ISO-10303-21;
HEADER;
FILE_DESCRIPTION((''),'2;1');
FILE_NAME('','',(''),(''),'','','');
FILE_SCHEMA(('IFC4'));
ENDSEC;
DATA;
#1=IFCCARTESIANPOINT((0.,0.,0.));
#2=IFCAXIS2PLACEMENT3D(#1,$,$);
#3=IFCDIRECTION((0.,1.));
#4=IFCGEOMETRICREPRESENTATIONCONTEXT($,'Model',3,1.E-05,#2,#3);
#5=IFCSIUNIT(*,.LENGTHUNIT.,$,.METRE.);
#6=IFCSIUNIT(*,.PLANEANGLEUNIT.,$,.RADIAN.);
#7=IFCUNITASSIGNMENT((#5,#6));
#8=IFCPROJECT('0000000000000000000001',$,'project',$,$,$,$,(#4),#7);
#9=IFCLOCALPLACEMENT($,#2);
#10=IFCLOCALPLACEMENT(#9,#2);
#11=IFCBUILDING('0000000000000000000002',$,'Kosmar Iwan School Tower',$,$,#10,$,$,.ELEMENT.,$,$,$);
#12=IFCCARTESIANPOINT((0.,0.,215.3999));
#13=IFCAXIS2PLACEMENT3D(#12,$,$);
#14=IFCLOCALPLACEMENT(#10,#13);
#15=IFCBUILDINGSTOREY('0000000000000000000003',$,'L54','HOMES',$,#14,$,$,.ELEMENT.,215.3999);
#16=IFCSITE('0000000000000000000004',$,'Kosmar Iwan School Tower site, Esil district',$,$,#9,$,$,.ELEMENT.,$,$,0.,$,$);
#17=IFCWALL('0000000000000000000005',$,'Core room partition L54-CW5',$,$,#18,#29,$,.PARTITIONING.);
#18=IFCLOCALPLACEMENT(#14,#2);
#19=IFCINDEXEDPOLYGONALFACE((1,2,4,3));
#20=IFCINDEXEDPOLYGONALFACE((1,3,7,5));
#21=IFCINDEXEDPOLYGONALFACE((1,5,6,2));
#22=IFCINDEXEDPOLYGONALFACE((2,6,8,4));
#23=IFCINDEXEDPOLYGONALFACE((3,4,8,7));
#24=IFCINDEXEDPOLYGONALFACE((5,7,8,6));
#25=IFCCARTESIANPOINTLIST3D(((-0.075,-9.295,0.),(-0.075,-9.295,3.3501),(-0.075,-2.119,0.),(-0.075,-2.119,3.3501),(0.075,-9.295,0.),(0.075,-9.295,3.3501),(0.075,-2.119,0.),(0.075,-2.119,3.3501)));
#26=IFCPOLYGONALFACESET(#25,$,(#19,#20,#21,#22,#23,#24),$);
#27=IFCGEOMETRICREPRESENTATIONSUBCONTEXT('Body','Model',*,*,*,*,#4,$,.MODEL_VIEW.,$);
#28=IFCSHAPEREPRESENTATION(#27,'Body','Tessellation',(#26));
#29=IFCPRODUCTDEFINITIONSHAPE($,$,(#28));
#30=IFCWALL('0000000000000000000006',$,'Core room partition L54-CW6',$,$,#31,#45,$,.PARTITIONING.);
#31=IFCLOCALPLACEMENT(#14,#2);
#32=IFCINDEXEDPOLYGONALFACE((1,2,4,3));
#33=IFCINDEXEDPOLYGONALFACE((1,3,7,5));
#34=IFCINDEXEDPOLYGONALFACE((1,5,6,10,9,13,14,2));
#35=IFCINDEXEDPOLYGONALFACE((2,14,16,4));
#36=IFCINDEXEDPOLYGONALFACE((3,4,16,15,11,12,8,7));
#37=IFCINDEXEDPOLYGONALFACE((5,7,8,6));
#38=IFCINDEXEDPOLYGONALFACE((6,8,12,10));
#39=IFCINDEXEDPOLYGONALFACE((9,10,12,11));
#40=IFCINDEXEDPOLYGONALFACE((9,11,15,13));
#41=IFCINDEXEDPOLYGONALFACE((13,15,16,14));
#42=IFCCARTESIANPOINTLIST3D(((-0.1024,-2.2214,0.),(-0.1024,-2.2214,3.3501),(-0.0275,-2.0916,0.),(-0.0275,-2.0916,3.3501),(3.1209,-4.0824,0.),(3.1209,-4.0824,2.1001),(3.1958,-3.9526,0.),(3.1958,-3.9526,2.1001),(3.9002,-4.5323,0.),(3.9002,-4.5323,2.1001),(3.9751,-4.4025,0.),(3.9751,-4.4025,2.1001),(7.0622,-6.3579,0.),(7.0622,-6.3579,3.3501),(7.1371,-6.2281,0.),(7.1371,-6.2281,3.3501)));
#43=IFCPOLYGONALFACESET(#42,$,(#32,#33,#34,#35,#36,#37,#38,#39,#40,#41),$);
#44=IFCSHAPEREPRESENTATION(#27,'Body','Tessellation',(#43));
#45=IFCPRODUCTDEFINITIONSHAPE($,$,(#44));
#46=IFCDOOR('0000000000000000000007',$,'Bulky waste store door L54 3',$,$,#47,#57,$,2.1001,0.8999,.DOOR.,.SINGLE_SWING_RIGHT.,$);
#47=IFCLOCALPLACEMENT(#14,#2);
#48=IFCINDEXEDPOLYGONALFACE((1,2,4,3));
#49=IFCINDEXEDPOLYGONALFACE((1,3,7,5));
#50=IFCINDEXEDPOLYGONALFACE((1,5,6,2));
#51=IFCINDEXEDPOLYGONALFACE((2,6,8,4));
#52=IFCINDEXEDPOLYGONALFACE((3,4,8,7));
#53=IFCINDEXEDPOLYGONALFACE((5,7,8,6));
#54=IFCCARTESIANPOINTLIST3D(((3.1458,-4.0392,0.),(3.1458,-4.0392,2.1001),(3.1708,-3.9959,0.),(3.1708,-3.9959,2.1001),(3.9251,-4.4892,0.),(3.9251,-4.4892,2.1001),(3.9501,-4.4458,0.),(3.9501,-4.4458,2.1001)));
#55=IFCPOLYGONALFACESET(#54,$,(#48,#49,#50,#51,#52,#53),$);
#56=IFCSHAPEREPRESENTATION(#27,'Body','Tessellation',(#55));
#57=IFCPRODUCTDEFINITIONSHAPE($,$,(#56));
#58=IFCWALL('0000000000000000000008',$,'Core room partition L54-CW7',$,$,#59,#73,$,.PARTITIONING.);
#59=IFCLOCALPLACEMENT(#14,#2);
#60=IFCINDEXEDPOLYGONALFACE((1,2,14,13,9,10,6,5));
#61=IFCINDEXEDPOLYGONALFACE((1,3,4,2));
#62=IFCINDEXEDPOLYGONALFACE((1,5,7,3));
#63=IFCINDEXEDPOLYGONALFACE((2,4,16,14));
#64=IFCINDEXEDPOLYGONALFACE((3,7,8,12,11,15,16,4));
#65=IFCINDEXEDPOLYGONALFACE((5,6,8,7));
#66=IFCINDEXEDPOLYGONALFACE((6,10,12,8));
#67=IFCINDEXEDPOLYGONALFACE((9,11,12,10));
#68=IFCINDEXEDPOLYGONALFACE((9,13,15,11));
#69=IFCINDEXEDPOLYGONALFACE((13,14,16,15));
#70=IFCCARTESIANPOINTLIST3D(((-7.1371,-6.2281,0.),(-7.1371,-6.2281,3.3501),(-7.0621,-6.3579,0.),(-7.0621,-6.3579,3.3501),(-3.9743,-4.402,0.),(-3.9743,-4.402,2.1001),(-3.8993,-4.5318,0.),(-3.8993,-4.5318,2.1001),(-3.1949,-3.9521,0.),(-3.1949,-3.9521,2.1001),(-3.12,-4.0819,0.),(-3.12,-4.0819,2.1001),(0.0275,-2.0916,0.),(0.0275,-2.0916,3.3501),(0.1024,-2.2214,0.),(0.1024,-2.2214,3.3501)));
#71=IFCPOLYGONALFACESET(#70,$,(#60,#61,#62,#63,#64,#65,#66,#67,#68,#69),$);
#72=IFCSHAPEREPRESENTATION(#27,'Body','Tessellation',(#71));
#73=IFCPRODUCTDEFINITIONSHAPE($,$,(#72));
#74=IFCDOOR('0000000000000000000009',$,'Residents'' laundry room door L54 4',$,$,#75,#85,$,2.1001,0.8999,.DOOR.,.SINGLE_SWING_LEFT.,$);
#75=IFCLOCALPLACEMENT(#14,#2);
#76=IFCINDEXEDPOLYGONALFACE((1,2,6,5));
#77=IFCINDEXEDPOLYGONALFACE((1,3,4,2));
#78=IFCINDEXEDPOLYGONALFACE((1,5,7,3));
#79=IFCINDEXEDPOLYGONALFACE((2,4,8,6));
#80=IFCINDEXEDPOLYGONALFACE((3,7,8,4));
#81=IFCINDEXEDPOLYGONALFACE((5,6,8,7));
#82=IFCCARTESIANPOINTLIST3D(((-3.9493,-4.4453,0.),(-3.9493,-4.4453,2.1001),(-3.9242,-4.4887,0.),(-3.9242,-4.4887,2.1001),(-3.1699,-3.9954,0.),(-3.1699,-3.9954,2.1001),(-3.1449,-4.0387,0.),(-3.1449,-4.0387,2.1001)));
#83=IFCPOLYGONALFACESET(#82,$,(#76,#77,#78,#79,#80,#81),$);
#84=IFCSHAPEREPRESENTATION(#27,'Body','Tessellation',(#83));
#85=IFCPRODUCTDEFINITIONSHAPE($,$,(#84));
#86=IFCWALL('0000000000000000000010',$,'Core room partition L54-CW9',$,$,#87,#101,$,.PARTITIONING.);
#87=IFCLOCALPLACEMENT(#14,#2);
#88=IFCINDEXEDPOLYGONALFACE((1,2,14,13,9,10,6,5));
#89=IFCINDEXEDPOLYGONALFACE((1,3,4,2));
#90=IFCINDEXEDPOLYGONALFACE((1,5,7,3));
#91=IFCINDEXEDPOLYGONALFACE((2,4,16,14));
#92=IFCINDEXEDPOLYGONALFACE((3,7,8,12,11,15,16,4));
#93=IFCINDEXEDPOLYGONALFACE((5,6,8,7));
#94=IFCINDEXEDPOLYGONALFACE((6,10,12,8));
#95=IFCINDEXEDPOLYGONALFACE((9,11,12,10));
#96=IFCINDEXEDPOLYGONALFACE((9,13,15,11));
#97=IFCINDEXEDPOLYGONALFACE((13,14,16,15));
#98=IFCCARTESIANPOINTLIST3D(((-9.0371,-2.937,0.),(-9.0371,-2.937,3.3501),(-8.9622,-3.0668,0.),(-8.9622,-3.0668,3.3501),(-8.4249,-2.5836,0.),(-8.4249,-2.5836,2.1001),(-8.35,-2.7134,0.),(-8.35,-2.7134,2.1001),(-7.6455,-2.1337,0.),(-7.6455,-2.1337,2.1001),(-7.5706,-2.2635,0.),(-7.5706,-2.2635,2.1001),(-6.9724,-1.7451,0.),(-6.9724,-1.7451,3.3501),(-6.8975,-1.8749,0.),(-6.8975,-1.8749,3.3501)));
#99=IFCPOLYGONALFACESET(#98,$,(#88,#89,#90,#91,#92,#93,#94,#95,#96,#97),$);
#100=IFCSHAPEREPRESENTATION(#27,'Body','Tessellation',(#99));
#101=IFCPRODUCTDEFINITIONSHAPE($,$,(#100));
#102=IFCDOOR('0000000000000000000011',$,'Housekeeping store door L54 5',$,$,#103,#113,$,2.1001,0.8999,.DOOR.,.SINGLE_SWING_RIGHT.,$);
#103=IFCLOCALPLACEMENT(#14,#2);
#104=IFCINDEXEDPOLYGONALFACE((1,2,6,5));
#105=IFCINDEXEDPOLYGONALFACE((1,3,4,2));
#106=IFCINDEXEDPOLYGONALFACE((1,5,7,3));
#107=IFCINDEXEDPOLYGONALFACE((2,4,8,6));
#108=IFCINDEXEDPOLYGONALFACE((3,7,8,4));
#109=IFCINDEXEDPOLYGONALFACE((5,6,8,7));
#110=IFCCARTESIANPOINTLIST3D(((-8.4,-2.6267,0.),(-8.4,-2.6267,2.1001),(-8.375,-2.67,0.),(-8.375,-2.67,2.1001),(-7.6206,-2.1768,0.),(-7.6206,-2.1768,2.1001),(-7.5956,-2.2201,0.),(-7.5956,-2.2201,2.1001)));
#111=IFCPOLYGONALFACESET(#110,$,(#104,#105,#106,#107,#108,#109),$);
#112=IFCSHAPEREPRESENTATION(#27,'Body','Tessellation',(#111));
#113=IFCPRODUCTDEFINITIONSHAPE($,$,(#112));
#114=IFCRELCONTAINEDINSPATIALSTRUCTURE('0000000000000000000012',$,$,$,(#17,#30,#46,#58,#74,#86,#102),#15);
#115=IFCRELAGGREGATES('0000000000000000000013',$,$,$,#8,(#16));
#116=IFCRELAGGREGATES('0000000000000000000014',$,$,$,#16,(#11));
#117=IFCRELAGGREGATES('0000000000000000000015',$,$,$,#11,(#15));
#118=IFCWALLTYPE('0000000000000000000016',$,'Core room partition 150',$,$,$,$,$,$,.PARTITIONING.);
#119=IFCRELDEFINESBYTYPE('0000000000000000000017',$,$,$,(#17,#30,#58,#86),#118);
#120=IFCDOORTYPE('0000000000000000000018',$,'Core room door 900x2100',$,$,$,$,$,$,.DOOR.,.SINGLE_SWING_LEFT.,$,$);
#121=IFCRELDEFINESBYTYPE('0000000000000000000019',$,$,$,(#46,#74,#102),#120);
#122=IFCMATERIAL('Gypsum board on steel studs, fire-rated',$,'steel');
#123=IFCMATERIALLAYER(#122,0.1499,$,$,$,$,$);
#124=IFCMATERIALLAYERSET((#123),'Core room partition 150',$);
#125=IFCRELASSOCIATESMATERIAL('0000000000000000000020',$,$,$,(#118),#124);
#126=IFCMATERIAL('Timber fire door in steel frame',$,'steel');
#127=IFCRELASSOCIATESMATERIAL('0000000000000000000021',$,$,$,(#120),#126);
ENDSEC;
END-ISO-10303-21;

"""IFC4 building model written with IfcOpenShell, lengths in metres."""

from ifc_helpers import new_model, si_unit, direction, frame, frame_2d, origin, place, context, subcontext, project, spatial, rectangle, extrude, material, layer, layer_set, type_object, element, fill, save


model = new_model("IFC4")

# Units and contexts
model_context = context("Model", 3, precision=1e-05, world=origin(), true_north=direction((0.0, 1.0)))
body_context = subcontext(model_context, "Body", "Model", "MODEL_VIEW")
ifc_project = project(units=[si_unit("LENGTHUNIT", "METRE"), si_unit("PLANEANGLEUNIT", "RADIAN")], contexts=[model_context])

# Site, building, storey
site_placement = place(None, origin())
site = spatial("IfcSite", under=ifc_project, at=site_placement, Name="Kosmar Iwan School Tower site, Esil district", CompositionType="ELEMENT", RefElevation=0.0)
building_placement = place(site_placement, origin())
building = spatial("IfcBuilding", under=site, at=building_placement, Name="Kosmar Iwan School Tower", CompositionType="ELEMENT")
storey_placement = place(building_placement, frame((0.0, 0.0, 215.3999)))
storey = spatial("IfcBuildingStorey", under=building, at=storey_placement, Name="L54", Description="HOMES", CompositionType="ELEMENT", Elevation=215.3999)

# Wall
ifc_material_1 = material(Name="Gypsum board on steel studs, fire-rated", Category="steel")
ifc_layer_1 = layer(ifc_material_1, 0.1499)
ifc_layer_set_1 = layer_set([ifc_layer_1], Name="Core room partition 150")
wall_type_1 = type_object("IfcWallType", Name="Core room partition 150", PredefinedType="PARTITIONING", material=ifc_layer_set_1)
wall_1_placement = place(storey_placement, frame((0.0, -9.2949, 0.0), z_axis=(0.0, 0.0, 1.0), x_axis=(0.0, 1.0, 0.0)))
element("IfcWall", 1, at=wall_1_placement, inside=storey, type_object=wall_type_1, Name="Core room partition L54-CW5", PredefinedType="PARTITIONING", context=body_context, shape_type="SweptSolid", body=[
    extrude(rectangle(XDim=7.176, YDim=0.1499, at=frame_2d((3.5879, 0.0))), origin(), (0.0, 0.0, 1.0), 3.3501),
])

# Walls, openings, doors
wall_2_placement = place(storey_placement, frame((-0.0649, -2.1565, 0.0), z_axis=(0.0, 0.0, 1.0), x_axis=(0.866024, -0.500002, 0.0)))
wall_2 = element("IfcWall", 2, at=wall_2_placement, inside=storey, type_object=wall_type_1, Name="Core room partition L54-CW6", PredefinedType="PARTITIONING", context=body_context, shape_type="SweptSolid", body=[
    extrude(rectangle(XDim=8.2729, YDim=0.1499, at=frame_2d((4.1365, 0.0))), origin(), (0.0, 0.0, 1.0), 3.3501),
])
opening_1_placement = place(wall_2_placement, frame((3.7219, 0.0, 0.0)))
opening_1 = element("IfcOpeningElement", 3, at=opening_1_placement, cuts=wall_2, PredefinedType="OPENING", context=body_context, shape_type="SweptSolid", body=[
    extrude(rectangle(XDim=0.8999, YDim=2.1001, at=frame_2d((0.45, 1.05))), frame((0.0, 0.0869, 0.0), z_axis=(0.0, -1.0, 0.0), x_axis=(1.0, 0.0, 0.0)), (0.0, 0.0, 1.0), 0.1738),
])
ifc_material_2 = material(Name="Timber fire door in steel frame", Category="steel")
door_type_1 = type_object("IfcDoorType", Name="Core room door 900x2100", OperationType="SINGLE_SWING_LEFT", PredefinedType="DOOR", material=ifc_material_2)
door_1_placement = place(opening_1_placement, origin())
door_1 = element("IfcDoor", 4, at=door_1_placement, inside=storey, type_object=door_type_1, Name="Bulky waste store door L54 3", OperationType="SINGLE_SWING_RIGHT", OverallHeight=2.1001, OverallWidth=0.8999, PredefinedType="DOOR", context=body_context, shape_type="SweptSolid", body=[
    extrude(rectangle(XDim=0.8999, YDim=2.1001, at=frame_2d((0.45, 1.05))), frame((0.0, 0.0249, 0.0), z_axis=(0.0, -1.0, 0.0), x_axis=(1.0, 0.0, 0.0)), (0.0, 0.0, 1.0), 0.05),
])
fill(opening_1, door_1)
wall_3_placement = place(storey_placement, frame((-7.0996, -6.293, 0.0), z_axis=(0.0, 0.0, 1.0), x_axis=(0.866024, 0.500002, 0.0)))
wall_3 = element("IfcWall", 5, at=wall_3_placement, inside=storey, type_object=wall_type_1, Name="Core room partition L54-CW7", PredefinedType="PARTITIONING", context=body_context, shape_type="SweptSolid", body=[
    extrude(rectangle(XDim=8.2729, YDim=0.1499, at=frame_2d((4.1365, 0.0))), origin(), (0.0, 0.0, 1.0), 3.3501),
])
opening_2_placement = place(wall_3_placement, frame((3.6521, 0.0, 0.0)))
opening_2 = element("IfcOpeningElement", 6, at=opening_2_placement, cuts=wall_3, PredefinedType="OPENING", context=body_context, shape_type="SweptSolid", body=[
    extrude(rectangle(XDim=0.8999, YDim=2.1001, at=frame_2d((0.45, 1.05))), frame((0.0, 0.0869, 0.0), z_axis=(0.0, -1.0, 0.0), x_axis=(1.0, 0.0, 0.0)), (0.0, 0.0, 1.0), 0.1738),
])
door_2_placement = place(opening_2_placement, origin())
door_2 = element("IfcDoor", 7, at=door_2_placement, inside=storey, type_object=door_type_1, Name="Residents' laundry room door L54 4", OperationType="SINGLE_SWING_LEFT", OverallHeight=2.1001, OverallWidth=0.8999, PredefinedType="DOOR", context=body_context, shape_type="SweptSolid", body=[
    extrude(rectangle(XDim=0.8999, YDim=2.1001, at=frame_2d((0.45, 1.05))), frame((0.0, 0.0249, 0.0), z_axis=(0.0, -1.0, 0.0), x_axis=(1.0, 0.0, 0.0)), (0.0, 0.0, 1.0), 0.05),
])
fill(opening_2, door_2)
wall_4_placement = place(storey_placement, frame((-6.9351, -1.8101, 0.0), z_axis=(0.0, 0.0, 1.0), x_axis=(-0.866054, -0.49995, 0.0)))
wall_4 = element("IfcWall", 8, at=wall_4_placement, inside=storey, type_object=wall_type_1, Name="Core room partition L54-CW9", PredefinedType="PARTITIONING", context=body_context, shape_type="SweptSolid", body=[
    extrude(rectangle(XDim=2.384, YDim=0.1499, at=frame_2d((1.1919, 0.0))), origin(), (0.0, 0.0, 1.0), 3.3501),
])
opening_3_placement = place(wall_4_placement, frame((0.7771, 0.0, 0.0)))
opening_3 = element("IfcOpeningElement", 9, at=opening_3_placement, cuts=wall_4, PredefinedType="OPENING", context=body_context, shape_type="SweptSolid", body=[
    extrude(rectangle(XDim=0.8999, YDim=2.1001, at=frame_2d((0.45, 1.05))), frame((0.0, 0.0869, 0.0), z_axis=(0.0, -1.0, 0.0), x_axis=(1.0, 0.0, 0.0)), (0.0, 0.0, 1.0), 0.1738),
])
door_3_placement = place(opening_3_placement, origin())
door_3 = element("IfcDoor", 10, at=door_3_placement, inside=storey, type_object=door_type_1, Name="Housekeeping store door L54 5", OperationType="SINGLE_SWING_RIGHT", OverallHeight=2.1001, OverallWidth=0.8999, PredefinedType="DOOR", context=body_context, shape_type="SweptSolid", body=[
    extrude(rectangle(XDim=0.8999, YDim=2.1001, at=frame_2d((0.45, 1.05))), frame((0.0, 0.0249, 0.0), z_axis=(0.0, -1.0, 0.0), x_axis=(1.0, 0.0, 0.0)), (0.0, 0.0, 1.0), 0.05),
])
fill(opening_3, door_3)

save(model, "model.ifc")
